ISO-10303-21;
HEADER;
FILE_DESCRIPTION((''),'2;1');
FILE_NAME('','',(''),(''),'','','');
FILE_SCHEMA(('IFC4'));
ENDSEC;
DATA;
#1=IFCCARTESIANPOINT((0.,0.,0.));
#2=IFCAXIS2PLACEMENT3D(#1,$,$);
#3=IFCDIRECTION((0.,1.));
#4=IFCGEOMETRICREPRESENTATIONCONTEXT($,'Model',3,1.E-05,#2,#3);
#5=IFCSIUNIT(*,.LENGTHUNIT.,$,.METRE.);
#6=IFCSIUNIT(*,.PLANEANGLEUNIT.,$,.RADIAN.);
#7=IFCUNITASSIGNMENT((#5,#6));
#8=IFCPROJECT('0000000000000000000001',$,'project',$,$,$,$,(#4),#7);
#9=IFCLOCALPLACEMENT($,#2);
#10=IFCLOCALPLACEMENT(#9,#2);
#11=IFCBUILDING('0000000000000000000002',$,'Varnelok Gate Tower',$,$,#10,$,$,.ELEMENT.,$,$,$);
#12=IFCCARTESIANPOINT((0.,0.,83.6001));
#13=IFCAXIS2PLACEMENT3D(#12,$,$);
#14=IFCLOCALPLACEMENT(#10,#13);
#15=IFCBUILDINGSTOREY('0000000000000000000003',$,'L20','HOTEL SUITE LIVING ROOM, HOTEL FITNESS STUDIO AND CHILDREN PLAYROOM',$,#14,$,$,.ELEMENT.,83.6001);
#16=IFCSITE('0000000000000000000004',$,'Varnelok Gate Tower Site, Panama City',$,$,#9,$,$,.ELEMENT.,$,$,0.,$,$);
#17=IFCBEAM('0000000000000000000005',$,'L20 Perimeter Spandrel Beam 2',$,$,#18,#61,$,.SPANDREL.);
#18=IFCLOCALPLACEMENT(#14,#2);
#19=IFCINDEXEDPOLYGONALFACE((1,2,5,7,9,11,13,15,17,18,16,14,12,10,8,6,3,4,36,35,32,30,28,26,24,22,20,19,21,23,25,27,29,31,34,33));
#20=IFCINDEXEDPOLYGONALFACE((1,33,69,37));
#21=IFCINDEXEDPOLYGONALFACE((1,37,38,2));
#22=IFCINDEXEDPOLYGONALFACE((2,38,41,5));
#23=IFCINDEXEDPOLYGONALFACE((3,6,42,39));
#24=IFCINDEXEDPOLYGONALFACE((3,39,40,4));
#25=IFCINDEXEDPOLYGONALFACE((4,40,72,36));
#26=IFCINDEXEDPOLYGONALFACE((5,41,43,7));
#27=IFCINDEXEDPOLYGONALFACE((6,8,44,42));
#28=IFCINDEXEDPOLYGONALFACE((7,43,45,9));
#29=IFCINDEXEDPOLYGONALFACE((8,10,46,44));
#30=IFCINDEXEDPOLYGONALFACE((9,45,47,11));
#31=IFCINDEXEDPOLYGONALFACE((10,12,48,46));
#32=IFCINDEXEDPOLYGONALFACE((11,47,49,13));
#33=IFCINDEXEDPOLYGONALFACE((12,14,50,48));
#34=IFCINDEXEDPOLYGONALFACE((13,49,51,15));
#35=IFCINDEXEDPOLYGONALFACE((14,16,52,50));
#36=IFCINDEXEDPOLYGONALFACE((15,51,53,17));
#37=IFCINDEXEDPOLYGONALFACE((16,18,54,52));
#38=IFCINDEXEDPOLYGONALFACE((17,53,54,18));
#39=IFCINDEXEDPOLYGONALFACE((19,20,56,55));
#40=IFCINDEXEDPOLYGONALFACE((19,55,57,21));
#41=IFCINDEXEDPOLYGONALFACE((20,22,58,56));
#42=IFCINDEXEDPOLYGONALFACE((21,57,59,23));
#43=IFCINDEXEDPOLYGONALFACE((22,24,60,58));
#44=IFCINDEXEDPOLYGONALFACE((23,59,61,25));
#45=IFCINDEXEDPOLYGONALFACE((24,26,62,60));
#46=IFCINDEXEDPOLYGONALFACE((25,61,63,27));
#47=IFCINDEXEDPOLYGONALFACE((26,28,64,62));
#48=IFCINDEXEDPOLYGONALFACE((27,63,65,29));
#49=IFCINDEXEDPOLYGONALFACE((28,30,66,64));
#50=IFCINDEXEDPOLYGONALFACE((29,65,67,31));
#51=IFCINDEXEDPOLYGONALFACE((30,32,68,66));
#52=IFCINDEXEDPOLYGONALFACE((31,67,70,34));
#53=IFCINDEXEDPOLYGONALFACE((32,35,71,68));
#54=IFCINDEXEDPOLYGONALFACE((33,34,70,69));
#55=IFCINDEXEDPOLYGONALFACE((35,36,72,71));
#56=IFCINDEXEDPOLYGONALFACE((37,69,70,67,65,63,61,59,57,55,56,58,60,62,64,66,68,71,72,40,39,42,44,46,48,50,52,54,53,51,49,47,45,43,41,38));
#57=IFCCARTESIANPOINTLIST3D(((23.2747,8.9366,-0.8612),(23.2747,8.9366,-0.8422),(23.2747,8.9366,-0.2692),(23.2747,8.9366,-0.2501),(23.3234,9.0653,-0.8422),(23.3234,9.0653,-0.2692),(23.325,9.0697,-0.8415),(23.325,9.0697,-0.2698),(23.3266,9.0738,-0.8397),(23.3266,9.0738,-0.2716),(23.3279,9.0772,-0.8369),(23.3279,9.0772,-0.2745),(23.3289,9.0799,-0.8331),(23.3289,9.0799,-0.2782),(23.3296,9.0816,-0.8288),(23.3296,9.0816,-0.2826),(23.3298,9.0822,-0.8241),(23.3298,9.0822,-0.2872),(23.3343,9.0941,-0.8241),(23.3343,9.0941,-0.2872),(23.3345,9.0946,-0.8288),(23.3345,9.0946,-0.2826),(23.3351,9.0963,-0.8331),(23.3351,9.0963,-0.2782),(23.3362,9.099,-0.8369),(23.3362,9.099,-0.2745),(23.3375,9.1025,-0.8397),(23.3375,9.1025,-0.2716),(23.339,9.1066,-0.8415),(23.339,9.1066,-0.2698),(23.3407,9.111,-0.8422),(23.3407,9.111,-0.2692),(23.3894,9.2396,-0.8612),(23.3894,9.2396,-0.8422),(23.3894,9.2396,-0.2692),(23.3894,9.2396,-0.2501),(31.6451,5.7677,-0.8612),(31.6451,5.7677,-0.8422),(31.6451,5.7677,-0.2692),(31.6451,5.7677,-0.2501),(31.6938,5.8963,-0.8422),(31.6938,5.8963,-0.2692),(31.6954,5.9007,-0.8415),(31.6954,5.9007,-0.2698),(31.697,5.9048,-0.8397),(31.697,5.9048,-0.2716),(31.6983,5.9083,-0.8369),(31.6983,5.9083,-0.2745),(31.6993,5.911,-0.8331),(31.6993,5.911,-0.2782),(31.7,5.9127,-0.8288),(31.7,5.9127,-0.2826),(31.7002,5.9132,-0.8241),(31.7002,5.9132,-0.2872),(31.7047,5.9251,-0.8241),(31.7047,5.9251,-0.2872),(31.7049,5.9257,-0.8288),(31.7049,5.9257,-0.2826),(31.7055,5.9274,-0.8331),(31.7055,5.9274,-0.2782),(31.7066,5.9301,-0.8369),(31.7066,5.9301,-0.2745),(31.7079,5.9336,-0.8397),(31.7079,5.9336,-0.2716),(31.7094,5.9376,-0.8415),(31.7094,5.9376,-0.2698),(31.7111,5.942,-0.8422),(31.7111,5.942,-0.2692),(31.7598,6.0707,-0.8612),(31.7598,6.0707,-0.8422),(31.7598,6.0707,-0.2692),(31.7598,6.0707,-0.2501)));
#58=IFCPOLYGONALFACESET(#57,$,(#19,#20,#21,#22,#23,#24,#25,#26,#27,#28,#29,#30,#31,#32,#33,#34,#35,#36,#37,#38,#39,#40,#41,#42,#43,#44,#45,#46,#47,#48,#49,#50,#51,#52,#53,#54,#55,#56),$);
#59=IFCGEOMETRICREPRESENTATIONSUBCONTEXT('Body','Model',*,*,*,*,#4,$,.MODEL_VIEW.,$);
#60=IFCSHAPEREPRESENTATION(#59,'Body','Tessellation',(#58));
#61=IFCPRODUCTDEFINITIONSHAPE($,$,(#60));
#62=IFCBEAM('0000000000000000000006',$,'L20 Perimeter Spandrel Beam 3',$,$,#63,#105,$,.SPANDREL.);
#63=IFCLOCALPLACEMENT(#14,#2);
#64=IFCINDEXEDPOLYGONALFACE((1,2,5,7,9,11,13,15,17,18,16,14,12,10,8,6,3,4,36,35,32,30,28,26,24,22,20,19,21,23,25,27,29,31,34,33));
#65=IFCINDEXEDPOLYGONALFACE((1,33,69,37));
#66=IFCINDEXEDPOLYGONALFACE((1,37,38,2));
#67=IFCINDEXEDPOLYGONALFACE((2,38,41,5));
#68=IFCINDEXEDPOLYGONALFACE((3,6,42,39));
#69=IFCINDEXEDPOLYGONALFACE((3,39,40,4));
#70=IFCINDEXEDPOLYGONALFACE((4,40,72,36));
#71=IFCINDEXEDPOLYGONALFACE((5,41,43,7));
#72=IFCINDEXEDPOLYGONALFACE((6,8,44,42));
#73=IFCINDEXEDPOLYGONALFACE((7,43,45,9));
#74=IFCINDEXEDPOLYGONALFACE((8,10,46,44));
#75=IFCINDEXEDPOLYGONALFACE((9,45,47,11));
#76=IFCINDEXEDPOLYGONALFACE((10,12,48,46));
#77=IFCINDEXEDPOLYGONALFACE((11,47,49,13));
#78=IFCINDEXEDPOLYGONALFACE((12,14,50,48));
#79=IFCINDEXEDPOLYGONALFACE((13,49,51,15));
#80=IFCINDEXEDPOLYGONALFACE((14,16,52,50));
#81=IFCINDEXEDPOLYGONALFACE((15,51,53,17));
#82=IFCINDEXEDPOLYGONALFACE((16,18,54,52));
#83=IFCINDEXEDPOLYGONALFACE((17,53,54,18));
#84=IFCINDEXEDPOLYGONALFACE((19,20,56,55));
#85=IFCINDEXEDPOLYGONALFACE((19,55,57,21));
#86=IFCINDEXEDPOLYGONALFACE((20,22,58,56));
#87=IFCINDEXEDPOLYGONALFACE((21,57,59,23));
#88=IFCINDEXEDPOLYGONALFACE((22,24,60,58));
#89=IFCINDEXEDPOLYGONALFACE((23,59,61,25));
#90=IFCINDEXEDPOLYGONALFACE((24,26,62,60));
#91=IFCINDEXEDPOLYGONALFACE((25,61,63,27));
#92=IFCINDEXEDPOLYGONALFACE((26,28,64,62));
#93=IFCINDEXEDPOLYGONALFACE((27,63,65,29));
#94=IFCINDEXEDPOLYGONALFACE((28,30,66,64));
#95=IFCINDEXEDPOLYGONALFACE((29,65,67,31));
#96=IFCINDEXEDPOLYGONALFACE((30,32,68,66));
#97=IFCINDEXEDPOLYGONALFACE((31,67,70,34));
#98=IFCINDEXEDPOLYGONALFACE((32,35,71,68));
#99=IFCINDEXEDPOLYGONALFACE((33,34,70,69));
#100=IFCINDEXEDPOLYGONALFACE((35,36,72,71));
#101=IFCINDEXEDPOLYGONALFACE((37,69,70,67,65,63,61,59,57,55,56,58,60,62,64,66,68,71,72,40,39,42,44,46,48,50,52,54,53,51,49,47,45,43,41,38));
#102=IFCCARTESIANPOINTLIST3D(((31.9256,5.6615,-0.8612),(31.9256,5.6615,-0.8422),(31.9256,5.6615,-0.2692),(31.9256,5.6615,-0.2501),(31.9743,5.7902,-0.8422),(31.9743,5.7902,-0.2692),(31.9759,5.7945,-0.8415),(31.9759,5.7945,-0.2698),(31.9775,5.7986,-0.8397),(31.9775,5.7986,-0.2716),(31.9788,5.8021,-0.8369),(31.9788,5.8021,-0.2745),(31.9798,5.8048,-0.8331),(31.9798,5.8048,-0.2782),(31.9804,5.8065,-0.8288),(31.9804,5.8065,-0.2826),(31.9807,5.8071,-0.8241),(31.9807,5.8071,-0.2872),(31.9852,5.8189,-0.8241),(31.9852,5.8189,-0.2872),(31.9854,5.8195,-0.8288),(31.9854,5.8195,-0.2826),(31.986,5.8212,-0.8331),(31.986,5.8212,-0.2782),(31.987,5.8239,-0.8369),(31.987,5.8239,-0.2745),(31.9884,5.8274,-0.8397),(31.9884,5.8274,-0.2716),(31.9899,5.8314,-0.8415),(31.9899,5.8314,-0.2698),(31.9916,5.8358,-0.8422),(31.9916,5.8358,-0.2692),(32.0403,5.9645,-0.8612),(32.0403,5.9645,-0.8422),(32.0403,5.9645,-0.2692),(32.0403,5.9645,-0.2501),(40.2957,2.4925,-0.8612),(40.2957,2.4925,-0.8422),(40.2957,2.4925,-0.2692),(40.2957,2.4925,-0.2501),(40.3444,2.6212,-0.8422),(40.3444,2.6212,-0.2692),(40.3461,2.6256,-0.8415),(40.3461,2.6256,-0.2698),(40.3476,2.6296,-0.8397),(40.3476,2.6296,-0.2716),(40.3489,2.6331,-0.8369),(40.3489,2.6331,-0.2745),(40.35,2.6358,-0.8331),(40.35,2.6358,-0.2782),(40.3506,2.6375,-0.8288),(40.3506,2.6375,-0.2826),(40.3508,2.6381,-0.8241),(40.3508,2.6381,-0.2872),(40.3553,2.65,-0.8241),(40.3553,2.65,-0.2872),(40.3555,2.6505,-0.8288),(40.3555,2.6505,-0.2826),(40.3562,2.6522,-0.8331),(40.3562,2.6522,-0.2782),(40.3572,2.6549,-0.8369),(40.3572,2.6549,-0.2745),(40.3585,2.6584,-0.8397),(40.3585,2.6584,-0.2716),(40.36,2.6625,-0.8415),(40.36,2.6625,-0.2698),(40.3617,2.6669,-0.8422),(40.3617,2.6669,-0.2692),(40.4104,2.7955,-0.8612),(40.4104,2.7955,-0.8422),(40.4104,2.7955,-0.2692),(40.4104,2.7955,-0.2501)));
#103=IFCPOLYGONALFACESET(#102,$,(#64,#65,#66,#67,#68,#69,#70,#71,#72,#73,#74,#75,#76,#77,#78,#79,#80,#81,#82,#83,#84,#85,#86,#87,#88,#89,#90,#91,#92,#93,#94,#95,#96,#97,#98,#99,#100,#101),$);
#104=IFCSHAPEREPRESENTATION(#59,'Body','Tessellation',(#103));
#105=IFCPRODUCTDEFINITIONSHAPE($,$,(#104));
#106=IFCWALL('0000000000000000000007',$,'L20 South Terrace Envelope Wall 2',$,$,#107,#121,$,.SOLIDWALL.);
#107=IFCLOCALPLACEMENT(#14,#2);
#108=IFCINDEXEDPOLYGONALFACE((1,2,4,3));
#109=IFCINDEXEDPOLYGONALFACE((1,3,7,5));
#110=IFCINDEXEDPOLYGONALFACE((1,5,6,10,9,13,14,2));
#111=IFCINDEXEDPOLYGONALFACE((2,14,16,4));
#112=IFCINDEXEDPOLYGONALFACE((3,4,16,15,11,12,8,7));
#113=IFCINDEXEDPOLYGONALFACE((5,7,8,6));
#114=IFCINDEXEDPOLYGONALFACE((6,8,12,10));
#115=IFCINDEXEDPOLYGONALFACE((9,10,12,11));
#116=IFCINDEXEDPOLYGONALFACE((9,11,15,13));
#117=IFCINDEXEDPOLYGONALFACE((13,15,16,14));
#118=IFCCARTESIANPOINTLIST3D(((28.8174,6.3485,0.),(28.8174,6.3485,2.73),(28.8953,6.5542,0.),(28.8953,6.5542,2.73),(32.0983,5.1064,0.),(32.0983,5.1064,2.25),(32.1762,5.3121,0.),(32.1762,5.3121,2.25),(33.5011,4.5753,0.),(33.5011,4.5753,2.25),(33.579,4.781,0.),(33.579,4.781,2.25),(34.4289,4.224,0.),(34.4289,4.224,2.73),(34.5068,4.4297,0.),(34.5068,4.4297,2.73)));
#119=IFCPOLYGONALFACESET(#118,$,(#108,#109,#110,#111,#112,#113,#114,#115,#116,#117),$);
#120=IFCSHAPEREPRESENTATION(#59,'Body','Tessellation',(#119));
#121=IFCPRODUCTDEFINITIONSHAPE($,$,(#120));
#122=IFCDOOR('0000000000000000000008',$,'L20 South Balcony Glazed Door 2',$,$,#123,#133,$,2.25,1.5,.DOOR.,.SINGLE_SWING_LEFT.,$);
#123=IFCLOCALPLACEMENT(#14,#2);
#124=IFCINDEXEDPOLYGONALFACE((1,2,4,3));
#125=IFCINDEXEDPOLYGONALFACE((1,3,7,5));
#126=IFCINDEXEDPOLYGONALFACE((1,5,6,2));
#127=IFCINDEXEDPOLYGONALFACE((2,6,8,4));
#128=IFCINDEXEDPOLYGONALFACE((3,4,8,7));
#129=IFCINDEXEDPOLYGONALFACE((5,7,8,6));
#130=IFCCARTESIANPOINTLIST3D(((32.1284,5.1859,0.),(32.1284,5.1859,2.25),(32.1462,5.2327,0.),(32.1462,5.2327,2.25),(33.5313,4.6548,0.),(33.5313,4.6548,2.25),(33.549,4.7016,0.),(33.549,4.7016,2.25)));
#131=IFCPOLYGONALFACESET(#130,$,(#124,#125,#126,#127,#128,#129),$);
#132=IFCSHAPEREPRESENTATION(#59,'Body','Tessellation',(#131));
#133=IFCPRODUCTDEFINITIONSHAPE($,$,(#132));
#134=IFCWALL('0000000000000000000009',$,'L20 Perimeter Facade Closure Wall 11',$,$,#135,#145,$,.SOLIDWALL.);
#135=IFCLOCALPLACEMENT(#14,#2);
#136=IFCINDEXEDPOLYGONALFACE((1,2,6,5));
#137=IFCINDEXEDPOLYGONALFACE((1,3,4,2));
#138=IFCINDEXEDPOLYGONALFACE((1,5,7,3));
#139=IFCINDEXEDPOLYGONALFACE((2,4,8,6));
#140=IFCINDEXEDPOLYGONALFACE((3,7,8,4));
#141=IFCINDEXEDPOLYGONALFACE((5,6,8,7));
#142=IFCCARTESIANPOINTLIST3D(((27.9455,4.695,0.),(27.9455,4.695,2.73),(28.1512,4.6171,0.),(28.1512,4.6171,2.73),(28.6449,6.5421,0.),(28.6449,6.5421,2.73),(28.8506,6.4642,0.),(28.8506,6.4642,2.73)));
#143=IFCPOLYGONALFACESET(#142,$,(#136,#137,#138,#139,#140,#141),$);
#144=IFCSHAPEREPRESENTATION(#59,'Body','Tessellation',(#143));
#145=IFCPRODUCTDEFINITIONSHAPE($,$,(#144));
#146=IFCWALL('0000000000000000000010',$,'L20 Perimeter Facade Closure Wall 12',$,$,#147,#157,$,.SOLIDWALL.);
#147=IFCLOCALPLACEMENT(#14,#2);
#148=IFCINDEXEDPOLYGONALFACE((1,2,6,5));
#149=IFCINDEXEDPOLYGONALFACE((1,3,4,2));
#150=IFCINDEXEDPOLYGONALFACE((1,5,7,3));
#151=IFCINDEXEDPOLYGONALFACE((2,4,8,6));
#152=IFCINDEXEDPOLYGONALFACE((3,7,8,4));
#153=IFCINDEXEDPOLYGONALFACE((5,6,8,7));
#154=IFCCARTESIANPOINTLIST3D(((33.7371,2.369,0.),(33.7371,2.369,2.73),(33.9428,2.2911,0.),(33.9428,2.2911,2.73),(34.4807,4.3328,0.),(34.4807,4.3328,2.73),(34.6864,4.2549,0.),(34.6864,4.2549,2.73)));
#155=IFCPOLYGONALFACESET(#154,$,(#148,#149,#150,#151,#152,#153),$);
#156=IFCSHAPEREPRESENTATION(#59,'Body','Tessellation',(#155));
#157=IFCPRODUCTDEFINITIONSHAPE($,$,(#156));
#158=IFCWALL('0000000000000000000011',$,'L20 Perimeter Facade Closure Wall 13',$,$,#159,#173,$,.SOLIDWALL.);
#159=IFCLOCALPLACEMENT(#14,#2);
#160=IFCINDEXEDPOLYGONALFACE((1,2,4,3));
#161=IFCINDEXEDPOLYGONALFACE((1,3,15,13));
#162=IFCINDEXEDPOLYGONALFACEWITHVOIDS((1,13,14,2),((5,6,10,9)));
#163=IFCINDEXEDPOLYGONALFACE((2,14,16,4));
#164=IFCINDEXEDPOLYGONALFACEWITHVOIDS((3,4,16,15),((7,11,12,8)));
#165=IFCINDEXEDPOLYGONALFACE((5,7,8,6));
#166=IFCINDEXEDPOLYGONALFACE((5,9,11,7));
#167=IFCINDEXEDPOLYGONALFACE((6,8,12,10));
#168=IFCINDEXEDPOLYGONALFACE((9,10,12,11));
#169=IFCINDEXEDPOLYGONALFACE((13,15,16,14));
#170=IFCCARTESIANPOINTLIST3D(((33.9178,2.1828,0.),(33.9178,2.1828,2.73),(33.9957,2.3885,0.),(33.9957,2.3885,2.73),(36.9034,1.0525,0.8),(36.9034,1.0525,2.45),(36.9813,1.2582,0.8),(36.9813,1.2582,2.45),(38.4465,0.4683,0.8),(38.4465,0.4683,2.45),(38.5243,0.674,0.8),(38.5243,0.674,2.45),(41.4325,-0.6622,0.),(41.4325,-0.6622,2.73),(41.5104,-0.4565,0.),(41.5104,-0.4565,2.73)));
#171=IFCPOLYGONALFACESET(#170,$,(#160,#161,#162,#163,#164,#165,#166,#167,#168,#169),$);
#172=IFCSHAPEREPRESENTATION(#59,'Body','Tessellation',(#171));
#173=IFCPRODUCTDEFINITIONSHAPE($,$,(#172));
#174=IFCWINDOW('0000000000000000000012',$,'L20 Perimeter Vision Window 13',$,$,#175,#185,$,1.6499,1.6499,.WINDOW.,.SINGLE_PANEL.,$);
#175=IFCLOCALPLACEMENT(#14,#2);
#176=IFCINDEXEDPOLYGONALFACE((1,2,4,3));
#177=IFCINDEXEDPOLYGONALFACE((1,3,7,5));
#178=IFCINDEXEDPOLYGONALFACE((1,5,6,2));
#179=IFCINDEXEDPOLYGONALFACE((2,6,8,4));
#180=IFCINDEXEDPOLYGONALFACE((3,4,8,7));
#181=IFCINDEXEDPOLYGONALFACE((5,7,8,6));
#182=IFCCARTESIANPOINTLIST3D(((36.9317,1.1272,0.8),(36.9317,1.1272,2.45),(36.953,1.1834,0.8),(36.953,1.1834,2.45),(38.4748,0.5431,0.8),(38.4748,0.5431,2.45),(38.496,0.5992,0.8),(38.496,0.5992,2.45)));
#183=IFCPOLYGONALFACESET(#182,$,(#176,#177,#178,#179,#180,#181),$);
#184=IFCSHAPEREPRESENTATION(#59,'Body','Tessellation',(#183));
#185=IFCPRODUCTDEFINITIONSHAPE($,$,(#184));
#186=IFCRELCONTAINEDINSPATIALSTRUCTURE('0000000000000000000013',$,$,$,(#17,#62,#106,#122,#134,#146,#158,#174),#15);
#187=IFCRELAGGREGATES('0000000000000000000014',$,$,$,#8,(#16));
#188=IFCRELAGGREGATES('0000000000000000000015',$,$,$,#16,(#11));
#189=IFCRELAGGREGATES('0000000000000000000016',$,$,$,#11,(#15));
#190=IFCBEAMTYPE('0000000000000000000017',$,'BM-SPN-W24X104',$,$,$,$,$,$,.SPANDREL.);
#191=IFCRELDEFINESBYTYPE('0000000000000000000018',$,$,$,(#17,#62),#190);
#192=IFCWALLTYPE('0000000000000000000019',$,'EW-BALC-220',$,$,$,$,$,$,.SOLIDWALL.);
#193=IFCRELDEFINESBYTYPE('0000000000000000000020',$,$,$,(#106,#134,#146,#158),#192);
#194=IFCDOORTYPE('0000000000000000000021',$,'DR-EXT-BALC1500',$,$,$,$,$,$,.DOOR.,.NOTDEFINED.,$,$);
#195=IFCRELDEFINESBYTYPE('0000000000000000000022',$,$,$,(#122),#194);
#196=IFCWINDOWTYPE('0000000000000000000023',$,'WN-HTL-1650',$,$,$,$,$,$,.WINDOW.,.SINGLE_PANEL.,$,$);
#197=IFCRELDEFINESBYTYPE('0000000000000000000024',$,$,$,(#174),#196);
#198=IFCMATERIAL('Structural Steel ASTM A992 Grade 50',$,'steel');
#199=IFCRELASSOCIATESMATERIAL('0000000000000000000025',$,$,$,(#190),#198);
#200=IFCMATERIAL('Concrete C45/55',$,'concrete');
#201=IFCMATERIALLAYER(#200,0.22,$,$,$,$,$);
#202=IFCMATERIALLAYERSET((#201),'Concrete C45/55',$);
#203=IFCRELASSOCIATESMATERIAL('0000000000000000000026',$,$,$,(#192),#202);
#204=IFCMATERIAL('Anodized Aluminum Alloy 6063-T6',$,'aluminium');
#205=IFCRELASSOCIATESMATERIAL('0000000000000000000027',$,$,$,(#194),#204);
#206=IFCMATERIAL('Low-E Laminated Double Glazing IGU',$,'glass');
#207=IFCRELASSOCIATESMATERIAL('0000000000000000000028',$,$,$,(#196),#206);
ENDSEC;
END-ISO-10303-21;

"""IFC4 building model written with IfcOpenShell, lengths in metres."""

from ifc_helpers import new_model, si_unit, direction, frame, frame_2d, origin, origin_2d, place, context, subcontext, project, spatial, rectangle, i_section, extrude, material, layer, layer_set, material_profile, profile_set, type_object, element, fill, save


model = new_model("IFC4")

# Units and contexts
model_context = context("Model", 3, precision=1e-05, world=origin(), true_north=direction((0.0, 1.0)))
body_context = subcontext(model_context, "Body", "Model", "MODEL_VIEW")
ifc_project = project(units=[si_unit("LENGTHUNIT", "METRE"), si_unit("PLANEANGLEUNIT", "RADIAN")], contexts=[model_context])

# Site, building, storey
site_placement = place(None, origin())
site = spatial("IfcSite", under=ifc_project, at=site_placement, Name="Varnelok Gate Tower Site, Panama City", CompositionType="ELEMENT", RefElevation=0.0)
building_placement = place(site_placement, origin())
building = spatial("IfcBuilding", under=site, at=building_placement, Name="Varnelok Gate Tower", CompositionType="ELEMENT")
storey_placement = place(building_placement, frame((0.0, 0.0, 83.6001)))
storey = spatial("IfcBuildingStorey", under=building, at=storey_placement, Name="L20", Description="HOTEL SUITE LIVING ROOM, HOTEL FITNESS STUDIO AND CHILDREN PLAYROOM", CompositionType="ELEMENT", Elevation=83.6001)

# Shared definitions
ifc_material_1 = material(Name="Structural Steel ASTM A992 Grade 50", Category="steel")

# Beams
ifc_material_profile_1 = material_profile(ifc_material_1, i_section(OverallWidth=0.324, OverallDepth=0.6111, WebThickness=0.0127, FlangeThickness=0.019, FilletRadius=0.0181, at=origin_2d()), Name="W24X104")
ifc_profile_set_1 = profile_set([ifc_material_profile_1], Name="Structural Steel ASTM A992 Grade 50")
beam_type_1 = type_object("IfcBeamType", Name="BM-SPN-W24X104", PredefinedType="SPANDREL", material=ifc_profile_set_1)
beam_1_placement = place(storey_placement, frame((23.332, 9.0881, -0.5557), z_axis=(0.93522, -0.354066, 0.0), x_axis=(0.354066, 0.93522, 0.0)))
element("IfcBeam", 1, at=beam_1_placement, inside=storey, type_object=beam_type_1, Name="L20 Perimeter Spandrel Beam 2", PredefinedType="SPANDREL", context=body_context, shape_type="SweptSolid", body=[
    extrude(i_section(OverallWidth=0.324, OverallDepth=0.6111, WebThickness=0.0127, FlangeThickness=0.019, FilletRadius=0.0181, at=origin_2d()), origin(), (0.0, 0.0, 1.0), 8.9502),
])
beam_2_placement = place(storey_placement, frame((31.9829, 5.813, -0.5557), z_axis=(0.935217, -0.354075, 0.0), x_axis=(0.354075, 0.935217, 0.0)))
element("IfcBeam", 2, at=beam_2_placement, inside=storey, type_object=beam_type_1, Name="L20 Perimeter Spandrel Beam 3", PredefinedType="SPANDREL", context=body_context, shape_type="SweptSolid", body=[
    extrude(i_section(OverallWidth=0.324, OverallDepth=0.6111, WebThickness=0.0127, FlangeThickness=0.019, FilletRadius=0.0181, at=origin_2d()), origin(), (0.0, 0.0, 1.0), 8.95),
])

# Wall, opening, door
ifc_material_2 = material(Name="Concrete C45/55", Category="concrete")
ifc_layer_1 = layer(ifc_material_2, 0.22)
ifc_layer_set_1 = layer_set([ifc_layer_1], Name="Concrete C45/55")
wall_type_1 = type_object("IfcWallType", Name="EW-BALC-220", PredefinedType="SOLIDWALL", material=ifc_layer_set_1)
wall_1_placement = place(storey_placement, frame((34.4678, 4.3269, 0.0), z_axis=(0.0, 0.0, 1.0), x_axis=(-0.935219, 0.354069, 0.0)))
wall_1 = element("IfcWall", 3, at=wall_1_placement, inside=storey, type_object=wall_type_1, Name="L20 South Terrace Envelope Wall 2", PredefinedType="SOLIDWALL", context=body_context, shape_type="SweptSolid", body=[
    extrude(rectangle(XDim=6.0002, YDim=0.22, at=frame_2d((3.0, 0.0))), origin(), (0.0, 0.0, 1.0), 2.73),
])
opening_1_placement = place(wall_1_placement, frame((0.9919, 0.0, 0.0)))
opening_1 = element("IfcOpeningElement", 4, at=opening_1_placement, cuts=wall_1, PredefinedType="OPENING", context=body_context, shape_type="SweptSolid", body=[
    extrude(rectangle(XDim=1.5, YDim=2.25, at=frame_2d((0.75, 1.125))), frame((0.0, 0.1199, 0.0), z_axis=(0.0, -1.0, 0.0), x_axis=(1.0, 0.0, 0.0)), (0.0, 0.0, 1.0), 0.24),
])
ifc_material_3 = material(Name="Anodized Aluminum Alloy 6063-T6", Category="aluminium")
door_type_1 = type_object("IfcDoorType", Name="DR-EXT-BALC1500", OperationType="NOTDEFINED", PredefinedType="DOOR", material=ifc_material_3)
door_1_placement = place(opening_1_placement, origin())
door_1 = element("IfcDoor", 5, at=door_1_placement, inside=storey, type_object=door_type_1, Name="L20 South Balcony Glazed Door 2", OperationType="SINGLE_SWING_LEFT", OverallHeight=2.25, OverallWidth=1.5, PredefinedType="DOOR", context=body_context, shape_type="SweptSolid", body=[
    extrude(rectangle(XDim=1.5, YDim=2.25, at=frame_2d((0.75, 1.125))), frame((0.0, 0.0249, 0.0), z_axis=(0.0, -1.0, 0.0), x_axis=(1.0, 0.0, 0.0)), (0.0, 0.0, 1.0), 0.05),
])
fill(opening_1, door_1)

# Walls
wall_2_placement = place(storey_placement, frame((28.0483, 4.656, 0.0), z_axis=(0.0, 0.0, 1.0), x_axis=(0.354129, 0.935197, 0.0)))
element("IfcWall", 6, at=wall_2_placement, inside=storey, type_object=wall_type_1, Name="L20 Perimeter Facade Closure Wall 11", PredefinedType="SOLIDWALL", context=body_context, shape_type="SweptSolid", body=[
    extrude(rectangle(XDim=1.9751, YDim=0.22, at=frame_2d((0.9875, 0.0))), origin(), (0.0, 0.0, 1.0), 2.73),
])
wall_3_placement = place(storey_placement, frame((34.5835, 4.2937, 0.0), z_axis=(0.0, 0.0, 1.0), x_axis=(-0.354128, -0.935197, 0.0)))
element("IfcWall", 7, at=wall_3_placement, inside=storey, type_object=wall_type_1, Name="L20 Perimeter Facade Closure Wall 12", PredefinedType="SOLIDWALL", context=body_context, shape_type="SweptSolid", body=[
    extrude(rectangle(XDim=2.0999, YDim=0.22, at=frame_2d((1.0498, 0.0))), origin(), (0.0, 0.0, 1.0), 2.73),
])

# Wall, opening, window
wall_4_placement = place(storey_placement, frame((33.9568, 2.2856, 0.0), z_axis=(0.0, 0.0, 1.0), x_axis=(0.935221, -0.354065, 0.0)))
wall_4 = element("IfcWall", 8, at=wall_4_placement, inside=storey, type_object=wall_type_1, Name="L20 Perimeter Facade Closure Wall 13", PredefinedType="SOLIDWALL", context=body_context, shape_type="SweptSolid", body=[
    extrude(rectangle(XDim=8.0352, YDim=0.22, at=frame_2d((4.0176, 0.0))), origin(), (0.0, 0.0, 1.0), 2.73),
])
opening_2_placement = place(wall_4_placement, frame((3.1924, 0.0, 0.8)))
opening_2 = element("IfcOpeningElement", 9, at=opening_2_placement, cuts=wall_4, PredefinedType="OPENING", context=body_context, shape_type="SweptSolid", body=[
    extrude(rectangle(XDim=1.6499, YDim=1.6499, at=frame_2d((0.825, 0.825))), frame((0.0, 0.1199, 0.0), z_axis=(0.0, -1.0, 0.0), x_axis=(1.0, 0.0, 0.0)), (0.0, 0.0, 1.0), 0.24),
])
ifc_material_4 = material(Name="Low-E Laminated Double Glazing IGU", Category="glass")
window_type = type_object("IfcWindowType", Name="WN-HTL-1650", PartitioningType="SINGLE_PANEL", PredefinedType="WINDOW", material=ifc_material_4)
window_placement = place(opening_2_placement, origin())
window = element("IfcWindow", 10, at=window_placement, inside=storey, type_object=window_type, Name="L20 Perimeter Vision Window 13", OverallHeight=1.6499, OverallWidth=1.6499, PartitioningType="SINGLE_PANEL", PredefinedType="WINDOW", context=body_context, shape_type="SweptSolid", body=[
    extrude(rectangle(XDim=1.6499, YDim=1.6499, at=frame_2d((0.825, 0.825))), frame((0.0, 0.03, 0.0), z_axis=(0.0, -1.0, 0.0), x_axis=(1.0, 0.0, 0.0)), (0.0, 0.0, 1.0), 0.0601),
])
fill(opening_2, window)

save(model, "model.ifc")
